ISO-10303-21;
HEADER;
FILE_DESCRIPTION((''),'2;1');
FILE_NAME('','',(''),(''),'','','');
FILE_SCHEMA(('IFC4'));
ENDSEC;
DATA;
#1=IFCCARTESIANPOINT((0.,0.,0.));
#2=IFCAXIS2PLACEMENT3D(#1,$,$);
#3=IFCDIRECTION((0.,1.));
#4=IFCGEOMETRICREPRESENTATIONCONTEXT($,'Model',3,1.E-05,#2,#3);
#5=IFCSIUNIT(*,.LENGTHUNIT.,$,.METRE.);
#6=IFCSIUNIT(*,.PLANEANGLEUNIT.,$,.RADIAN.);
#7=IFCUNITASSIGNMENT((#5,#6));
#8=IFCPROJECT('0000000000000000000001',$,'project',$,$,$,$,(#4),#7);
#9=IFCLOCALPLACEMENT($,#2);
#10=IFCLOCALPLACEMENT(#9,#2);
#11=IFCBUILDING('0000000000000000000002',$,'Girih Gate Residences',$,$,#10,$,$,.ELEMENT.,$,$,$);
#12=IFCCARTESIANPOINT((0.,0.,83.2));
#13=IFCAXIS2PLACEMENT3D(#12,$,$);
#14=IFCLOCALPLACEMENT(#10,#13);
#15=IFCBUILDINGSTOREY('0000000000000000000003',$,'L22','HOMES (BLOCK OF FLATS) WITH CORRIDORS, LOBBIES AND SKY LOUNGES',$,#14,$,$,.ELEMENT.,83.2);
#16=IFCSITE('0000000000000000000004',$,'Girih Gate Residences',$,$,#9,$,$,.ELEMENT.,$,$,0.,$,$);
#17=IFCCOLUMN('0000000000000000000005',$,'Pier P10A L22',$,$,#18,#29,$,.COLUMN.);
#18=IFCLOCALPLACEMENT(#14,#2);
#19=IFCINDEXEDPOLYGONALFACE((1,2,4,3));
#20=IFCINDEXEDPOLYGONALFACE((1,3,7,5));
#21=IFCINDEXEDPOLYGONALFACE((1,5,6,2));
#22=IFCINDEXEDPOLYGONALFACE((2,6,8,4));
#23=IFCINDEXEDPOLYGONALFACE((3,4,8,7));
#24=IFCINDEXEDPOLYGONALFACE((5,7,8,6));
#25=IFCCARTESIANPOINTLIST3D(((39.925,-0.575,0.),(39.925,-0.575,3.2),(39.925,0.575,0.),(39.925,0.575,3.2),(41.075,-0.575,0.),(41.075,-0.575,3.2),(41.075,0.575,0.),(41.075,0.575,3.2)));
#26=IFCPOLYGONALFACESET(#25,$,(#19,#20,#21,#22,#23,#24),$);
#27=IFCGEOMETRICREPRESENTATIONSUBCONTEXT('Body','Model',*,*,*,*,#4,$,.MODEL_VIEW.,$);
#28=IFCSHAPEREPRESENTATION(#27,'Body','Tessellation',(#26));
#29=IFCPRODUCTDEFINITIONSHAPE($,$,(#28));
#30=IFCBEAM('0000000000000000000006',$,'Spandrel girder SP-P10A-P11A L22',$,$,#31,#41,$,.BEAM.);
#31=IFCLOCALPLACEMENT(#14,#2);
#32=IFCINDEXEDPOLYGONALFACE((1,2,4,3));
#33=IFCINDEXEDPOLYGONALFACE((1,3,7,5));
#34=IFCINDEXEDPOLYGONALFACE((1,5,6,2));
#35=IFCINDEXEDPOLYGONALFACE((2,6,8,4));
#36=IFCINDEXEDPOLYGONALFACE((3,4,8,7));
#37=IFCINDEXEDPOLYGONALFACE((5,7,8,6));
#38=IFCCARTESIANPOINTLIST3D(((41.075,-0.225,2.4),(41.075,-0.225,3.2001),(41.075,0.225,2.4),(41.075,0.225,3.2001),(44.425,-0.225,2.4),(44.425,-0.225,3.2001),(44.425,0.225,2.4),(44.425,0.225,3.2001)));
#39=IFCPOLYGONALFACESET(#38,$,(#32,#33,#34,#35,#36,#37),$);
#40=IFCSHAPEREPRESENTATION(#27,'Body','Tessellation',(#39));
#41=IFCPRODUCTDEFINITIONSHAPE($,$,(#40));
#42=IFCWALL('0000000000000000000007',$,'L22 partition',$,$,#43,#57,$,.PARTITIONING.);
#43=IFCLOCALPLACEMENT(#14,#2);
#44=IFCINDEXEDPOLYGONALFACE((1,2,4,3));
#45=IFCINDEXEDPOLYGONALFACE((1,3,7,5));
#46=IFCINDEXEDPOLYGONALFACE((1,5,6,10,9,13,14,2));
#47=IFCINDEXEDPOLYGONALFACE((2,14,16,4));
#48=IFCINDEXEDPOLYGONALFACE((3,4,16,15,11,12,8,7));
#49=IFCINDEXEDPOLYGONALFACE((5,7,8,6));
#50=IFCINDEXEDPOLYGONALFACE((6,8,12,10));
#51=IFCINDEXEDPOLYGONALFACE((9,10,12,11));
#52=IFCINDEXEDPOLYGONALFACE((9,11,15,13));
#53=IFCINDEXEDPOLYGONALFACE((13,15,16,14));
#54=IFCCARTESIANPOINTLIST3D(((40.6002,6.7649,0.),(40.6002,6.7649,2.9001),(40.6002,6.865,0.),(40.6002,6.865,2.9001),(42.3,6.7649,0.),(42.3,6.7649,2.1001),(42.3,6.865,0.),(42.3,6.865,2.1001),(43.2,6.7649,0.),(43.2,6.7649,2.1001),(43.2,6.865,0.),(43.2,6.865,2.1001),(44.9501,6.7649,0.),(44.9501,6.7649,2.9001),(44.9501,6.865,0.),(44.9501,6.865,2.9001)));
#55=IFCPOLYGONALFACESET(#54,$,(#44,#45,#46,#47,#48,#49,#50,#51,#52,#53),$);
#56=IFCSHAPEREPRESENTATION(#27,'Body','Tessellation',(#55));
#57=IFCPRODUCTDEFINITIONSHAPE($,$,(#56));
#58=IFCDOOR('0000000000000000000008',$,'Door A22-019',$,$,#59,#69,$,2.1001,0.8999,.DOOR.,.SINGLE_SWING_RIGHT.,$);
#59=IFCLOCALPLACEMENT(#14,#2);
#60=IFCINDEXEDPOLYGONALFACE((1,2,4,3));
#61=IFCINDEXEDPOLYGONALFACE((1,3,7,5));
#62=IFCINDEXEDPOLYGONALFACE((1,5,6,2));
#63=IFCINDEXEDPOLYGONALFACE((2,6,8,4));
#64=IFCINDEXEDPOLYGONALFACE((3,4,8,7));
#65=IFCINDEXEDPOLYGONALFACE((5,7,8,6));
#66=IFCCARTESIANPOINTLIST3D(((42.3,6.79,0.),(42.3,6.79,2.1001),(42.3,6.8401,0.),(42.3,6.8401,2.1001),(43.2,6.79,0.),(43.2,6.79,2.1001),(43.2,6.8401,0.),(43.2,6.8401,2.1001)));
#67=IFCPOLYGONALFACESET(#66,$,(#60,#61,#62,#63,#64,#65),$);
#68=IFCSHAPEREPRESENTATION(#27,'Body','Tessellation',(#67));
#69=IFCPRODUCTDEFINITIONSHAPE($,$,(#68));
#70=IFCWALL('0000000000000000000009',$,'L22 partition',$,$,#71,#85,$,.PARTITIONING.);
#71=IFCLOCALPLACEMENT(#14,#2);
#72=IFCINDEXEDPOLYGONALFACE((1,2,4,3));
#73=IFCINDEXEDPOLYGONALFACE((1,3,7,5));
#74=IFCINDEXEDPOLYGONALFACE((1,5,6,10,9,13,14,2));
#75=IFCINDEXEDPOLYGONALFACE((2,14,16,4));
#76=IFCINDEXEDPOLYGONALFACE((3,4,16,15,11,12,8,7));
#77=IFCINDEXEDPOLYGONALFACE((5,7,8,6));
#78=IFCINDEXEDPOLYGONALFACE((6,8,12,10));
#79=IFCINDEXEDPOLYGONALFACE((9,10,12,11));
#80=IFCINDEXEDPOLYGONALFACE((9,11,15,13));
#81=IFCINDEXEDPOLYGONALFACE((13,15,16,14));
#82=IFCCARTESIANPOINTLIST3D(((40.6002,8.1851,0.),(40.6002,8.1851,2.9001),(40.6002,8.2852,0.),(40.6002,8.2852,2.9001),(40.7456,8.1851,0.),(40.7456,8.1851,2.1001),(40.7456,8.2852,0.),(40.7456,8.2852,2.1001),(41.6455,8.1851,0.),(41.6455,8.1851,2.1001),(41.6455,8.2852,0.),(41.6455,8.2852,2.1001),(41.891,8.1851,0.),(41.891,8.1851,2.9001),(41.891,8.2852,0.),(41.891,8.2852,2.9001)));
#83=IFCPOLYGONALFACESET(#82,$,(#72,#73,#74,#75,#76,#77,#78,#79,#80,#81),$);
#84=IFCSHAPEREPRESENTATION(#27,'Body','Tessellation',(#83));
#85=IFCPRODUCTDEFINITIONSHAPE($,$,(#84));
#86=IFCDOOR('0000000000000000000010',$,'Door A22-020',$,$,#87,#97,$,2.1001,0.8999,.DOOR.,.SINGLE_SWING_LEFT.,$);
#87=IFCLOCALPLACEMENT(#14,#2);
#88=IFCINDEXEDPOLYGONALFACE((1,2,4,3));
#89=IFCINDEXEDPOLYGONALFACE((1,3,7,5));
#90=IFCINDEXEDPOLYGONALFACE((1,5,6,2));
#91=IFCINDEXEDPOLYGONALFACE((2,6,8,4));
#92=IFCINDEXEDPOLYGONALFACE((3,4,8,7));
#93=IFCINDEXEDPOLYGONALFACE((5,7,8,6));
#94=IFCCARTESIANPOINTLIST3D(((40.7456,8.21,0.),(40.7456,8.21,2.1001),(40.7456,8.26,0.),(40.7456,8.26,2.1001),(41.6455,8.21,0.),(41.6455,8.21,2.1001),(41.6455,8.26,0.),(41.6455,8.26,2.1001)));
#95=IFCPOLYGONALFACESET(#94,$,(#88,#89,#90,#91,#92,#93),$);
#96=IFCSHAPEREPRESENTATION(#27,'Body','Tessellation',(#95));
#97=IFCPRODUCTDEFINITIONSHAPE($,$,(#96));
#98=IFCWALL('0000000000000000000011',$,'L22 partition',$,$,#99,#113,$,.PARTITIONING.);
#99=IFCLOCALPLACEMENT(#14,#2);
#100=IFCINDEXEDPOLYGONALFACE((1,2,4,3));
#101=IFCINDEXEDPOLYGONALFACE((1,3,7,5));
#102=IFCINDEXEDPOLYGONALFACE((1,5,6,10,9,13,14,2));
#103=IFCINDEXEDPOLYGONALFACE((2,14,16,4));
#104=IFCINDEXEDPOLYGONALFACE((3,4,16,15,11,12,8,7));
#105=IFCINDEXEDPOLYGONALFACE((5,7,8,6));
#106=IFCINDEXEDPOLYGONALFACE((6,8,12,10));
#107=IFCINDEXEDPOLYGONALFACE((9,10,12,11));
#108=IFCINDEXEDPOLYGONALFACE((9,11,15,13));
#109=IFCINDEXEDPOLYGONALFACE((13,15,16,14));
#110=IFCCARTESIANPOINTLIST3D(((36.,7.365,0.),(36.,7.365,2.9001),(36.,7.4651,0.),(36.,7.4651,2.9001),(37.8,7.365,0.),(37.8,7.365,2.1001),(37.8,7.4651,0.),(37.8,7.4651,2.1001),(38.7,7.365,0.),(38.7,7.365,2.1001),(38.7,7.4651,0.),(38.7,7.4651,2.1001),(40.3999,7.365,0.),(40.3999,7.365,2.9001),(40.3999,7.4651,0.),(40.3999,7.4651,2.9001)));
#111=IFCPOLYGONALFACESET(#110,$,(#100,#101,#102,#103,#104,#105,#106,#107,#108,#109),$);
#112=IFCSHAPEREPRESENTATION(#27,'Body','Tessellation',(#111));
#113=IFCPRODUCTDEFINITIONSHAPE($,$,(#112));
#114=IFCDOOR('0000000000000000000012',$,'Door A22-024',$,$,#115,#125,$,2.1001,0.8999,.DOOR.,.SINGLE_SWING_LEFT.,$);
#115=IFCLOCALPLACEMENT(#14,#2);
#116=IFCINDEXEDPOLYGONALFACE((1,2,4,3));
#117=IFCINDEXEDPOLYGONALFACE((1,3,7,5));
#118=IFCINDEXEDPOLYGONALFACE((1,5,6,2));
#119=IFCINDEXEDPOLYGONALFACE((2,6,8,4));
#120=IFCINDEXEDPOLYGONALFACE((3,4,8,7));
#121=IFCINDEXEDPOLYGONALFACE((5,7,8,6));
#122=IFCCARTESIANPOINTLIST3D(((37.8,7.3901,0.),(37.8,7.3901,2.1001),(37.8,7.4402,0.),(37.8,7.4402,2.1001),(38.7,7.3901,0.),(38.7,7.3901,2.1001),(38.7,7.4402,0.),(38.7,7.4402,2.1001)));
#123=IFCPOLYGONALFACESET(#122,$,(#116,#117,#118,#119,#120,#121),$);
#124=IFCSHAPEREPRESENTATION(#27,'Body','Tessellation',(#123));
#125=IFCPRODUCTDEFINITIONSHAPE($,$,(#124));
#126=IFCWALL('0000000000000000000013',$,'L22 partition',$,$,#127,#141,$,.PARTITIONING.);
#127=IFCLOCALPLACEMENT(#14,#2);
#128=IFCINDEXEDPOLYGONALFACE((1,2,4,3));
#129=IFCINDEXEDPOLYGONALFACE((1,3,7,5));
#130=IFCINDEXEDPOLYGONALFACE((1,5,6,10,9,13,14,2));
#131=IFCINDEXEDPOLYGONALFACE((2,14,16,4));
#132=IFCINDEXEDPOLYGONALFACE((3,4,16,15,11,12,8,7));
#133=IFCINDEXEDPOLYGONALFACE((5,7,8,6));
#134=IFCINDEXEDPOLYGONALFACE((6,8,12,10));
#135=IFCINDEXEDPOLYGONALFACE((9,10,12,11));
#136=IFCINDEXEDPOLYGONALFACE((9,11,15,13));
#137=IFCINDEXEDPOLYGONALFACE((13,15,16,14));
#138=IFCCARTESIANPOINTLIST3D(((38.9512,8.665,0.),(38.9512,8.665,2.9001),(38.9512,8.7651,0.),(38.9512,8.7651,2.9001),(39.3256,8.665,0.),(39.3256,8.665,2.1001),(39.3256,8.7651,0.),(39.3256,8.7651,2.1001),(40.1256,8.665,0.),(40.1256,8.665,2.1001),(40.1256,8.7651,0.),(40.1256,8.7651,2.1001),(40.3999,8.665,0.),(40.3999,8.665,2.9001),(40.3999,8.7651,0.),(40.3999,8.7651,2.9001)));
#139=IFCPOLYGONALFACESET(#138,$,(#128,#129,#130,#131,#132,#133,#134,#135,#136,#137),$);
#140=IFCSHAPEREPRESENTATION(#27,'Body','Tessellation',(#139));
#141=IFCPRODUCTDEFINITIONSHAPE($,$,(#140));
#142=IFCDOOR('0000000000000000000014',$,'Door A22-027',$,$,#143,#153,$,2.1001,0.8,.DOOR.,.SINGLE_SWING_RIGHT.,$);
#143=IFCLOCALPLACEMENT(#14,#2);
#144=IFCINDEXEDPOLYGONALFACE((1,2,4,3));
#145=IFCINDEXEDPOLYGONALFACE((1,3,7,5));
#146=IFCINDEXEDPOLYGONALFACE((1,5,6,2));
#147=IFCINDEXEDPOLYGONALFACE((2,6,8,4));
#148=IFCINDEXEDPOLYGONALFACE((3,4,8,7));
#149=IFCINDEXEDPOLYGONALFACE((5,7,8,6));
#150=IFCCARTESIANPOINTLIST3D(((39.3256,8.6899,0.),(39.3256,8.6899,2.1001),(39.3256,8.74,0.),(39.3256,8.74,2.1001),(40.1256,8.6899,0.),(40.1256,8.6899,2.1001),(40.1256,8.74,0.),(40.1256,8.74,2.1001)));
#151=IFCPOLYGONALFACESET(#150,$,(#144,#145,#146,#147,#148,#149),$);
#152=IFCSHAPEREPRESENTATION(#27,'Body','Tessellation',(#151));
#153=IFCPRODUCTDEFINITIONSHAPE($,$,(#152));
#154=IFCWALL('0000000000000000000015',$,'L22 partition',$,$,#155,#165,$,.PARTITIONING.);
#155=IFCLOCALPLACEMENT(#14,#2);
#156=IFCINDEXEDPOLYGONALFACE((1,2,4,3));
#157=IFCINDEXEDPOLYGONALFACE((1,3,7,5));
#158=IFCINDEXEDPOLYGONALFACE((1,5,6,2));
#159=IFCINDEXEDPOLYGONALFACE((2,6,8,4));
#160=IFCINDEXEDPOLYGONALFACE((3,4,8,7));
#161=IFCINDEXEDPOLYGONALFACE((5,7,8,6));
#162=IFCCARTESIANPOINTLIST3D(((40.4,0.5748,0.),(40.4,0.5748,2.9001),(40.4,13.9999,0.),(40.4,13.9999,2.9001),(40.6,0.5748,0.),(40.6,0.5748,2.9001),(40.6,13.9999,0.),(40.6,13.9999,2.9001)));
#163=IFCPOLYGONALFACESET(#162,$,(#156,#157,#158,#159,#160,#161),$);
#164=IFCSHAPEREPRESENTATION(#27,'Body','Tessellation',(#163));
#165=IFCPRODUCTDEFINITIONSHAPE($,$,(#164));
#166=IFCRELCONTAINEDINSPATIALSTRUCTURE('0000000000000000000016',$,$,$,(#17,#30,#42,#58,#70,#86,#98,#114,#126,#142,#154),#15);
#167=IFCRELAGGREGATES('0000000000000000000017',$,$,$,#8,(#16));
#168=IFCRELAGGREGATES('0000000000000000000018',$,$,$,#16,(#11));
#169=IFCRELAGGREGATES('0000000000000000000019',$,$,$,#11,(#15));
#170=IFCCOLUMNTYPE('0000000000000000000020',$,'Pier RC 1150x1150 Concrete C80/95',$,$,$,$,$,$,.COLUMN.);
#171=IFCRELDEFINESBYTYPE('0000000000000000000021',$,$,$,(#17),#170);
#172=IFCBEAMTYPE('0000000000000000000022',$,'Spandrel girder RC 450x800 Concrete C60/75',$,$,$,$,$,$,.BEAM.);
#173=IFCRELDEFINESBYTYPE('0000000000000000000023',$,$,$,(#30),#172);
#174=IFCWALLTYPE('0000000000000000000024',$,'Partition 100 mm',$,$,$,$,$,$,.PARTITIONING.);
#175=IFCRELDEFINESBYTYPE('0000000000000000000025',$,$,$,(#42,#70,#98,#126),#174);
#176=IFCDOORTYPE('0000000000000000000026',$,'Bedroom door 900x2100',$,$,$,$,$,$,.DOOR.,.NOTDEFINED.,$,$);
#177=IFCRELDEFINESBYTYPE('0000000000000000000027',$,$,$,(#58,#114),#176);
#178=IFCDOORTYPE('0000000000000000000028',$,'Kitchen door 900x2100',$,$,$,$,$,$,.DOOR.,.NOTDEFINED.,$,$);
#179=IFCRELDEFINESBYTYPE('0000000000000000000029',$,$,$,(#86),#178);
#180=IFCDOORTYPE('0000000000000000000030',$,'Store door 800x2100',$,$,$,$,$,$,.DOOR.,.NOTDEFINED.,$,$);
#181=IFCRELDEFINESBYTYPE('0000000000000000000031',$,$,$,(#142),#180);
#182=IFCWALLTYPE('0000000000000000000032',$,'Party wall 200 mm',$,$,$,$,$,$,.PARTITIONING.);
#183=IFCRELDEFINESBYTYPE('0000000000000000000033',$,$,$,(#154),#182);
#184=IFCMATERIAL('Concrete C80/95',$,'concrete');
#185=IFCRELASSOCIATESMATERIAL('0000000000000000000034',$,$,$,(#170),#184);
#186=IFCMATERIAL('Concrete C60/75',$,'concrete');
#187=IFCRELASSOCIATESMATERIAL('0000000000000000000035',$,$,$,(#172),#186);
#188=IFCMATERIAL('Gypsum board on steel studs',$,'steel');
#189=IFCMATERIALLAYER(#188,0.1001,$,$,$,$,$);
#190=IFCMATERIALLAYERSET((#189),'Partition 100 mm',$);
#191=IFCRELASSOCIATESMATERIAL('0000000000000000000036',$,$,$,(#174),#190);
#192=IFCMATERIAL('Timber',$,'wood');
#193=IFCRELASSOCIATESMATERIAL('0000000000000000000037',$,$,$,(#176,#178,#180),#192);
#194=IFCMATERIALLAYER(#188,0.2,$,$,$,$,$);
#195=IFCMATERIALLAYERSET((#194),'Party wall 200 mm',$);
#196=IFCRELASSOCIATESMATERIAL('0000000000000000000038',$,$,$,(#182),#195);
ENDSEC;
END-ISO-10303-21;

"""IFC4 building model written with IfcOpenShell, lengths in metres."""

from ifc_helpers import new_model, si_unit, direction, frame, frame_2d, origin, origin_2d, place, context, subcontext, project, spatial, rectangle, extrude, material, layer, layer_set, material_profile, profile_set, type_object, element, fill, save


model = new_model("IFC4")

# Units and contexts
model_context = context("Model", 3, precision=1e-05, world=origin(), true_north=direction((0.0, 1.0)))
body_context = subcontext(model_context, "Body", "Model", "MODEL_VIEW")
ifc_project = project(units=[si_unit("LENGTHUNIT", "METRE"), si_unit("PLANEANGLEUNIT", "RADIAN")], contexts=[model_context])

# Site, building, storey
site_placement = place(None, origin())
site = spatial("IfcSite", under=ifc_project, at=site_placement, Name="Girih Gate Residences", CompositionType="ELEMENT", RefElevation=0.0)
building_placement = place(site_placement, origin())
building = spatial("IfcBuilding", under=site, at=building_placement, Name="Girih Gate Residences", CompositionType="ELEMENT")
storey_placement = place(building_placement, frame((0.0, 0.0, 83.2)))
storey = spatial("IfcBuildingStorey", under=building, at=storey_placement, Name="L22", Description="HOMES (BLOCK OF FLATS) WITH CORRIDORS, LOBBIES AND SKY LOUNGES", CompositionType="ELEMENT", Elevation=83.2)

# Column
ifc_material_1 = material(Name="Concrete C80/95", Category="concrete")
ifc_material_profile_1 = material_profile(ifc_material_1, rectangle(XDim=1.1499, YDim=1.1499, at=origin_2d()))
ifc_profile_set_1 = profile_set([ifc_material_profile_1], Name="Concrete C80/95")
column_type = type_object("IfcColumnType", Name="Pier RC 1150x1150 Concrete C80/95", PredefinedType="COLUMN", material=ifc_profile_set_1)
column_placement = place(storey_placement, frame((40.5, 0.0, 0.0), z_axis=(0.0, 0.0, 1.0), x_axis=(1.0, 0.0, 0.0)))
element("IfcColumn", 1, at=column_placement, inside=storey, type_object=column_type, Name="Pier P10A L22", PredefinedType="COLUMN", context=body_context, shape_type="SweptSolid", body=[
    extrude(rectangle(XDim=1.1499, YDim=1.1499, at=origin_2d()), origin(), (0.0, 0.0, 1.0), 3.2),
])

# Beam
ifc_material_2 = material(Name="Concrete C60/75", Category="concrete")
ifc_material_profile_2 = material_profile(ifc_material_2, rectangle(XDim=0.45, YDim=0.8, at=origin_2d()))
ifc_profile_set_2 = profile_set([ifc_material_profile_2], Name="Concrete C60/75")
beam_type = type_object("IfcBeamType", Name="Spandrel girder RC 450x800 Concrete C60/75", PredefinedType="BEAM", material=ifc_profile_set_2)
beam_placement = place(storey_placement, frame((41.075, 0.0, 2.8), z_axis=(1.0, 0.0, 0.0), x_axis=(0.0, 1.0, 0.0)))
element("IfcBeam", 2, at=beam_placement, inside=storey, type_object=beam_type, Name="Spandrel girder SP-P10A-P11A L22", PredefinedType="BEAM", context=body_context, shape_type="SweptSolid", body=[
    extrude(rectangle(XDim=0.45, YDim=0.8, at=origin_2d()), origin(), (0.0, 0.0, 1.0), 3.3501),
])

# Walls, openings, doors
ifc_material_3 = material(Name="Gypsum board on steel studs", Category="steel")
ifc_layer_1 = layer(ifc_material_3, 0.1001)
ifc_layer_set_1 = layer_set([ifc_layer_1], Name="Partition 100 mm")
wall_type_1 = type_object("IfcWallType", Name="Partition 100 mm", PredefinedType="PARTITIONING", material=ifc_layer_set_1)
wall_1_placement = place(storey_placement, frame((44.95, 6.8149, 0.0), z_axis=(0.0, 0.0, 1.0), x_axis=(-1.0, 0.0, 0.0)))
wall_1 = element("IfcWall", 3, at=wall_1_placement, inside=storey, type_object=wall_type_1, Name="L22 partition", PredefinedType="PARTITIONING", context=body_context, shape_type="SweptSolid", body=[
    extrude(rectangle(XDim=4.3499, YDim=0.1001, at=frame_2d((2.1748, 0.0))), origin(), (0.0, 0.0, 1.0), 2.9001),
])
opening_1_placement = place(wall_1_placement, frame((1.75, 0.0, 0.0)))
opening_1 = element("IfcOpeningElement", 4, at=opening_1_placement, cuts=wall_1, PredefinedType="OPENING", context=body_context, shape_type="SweptSolid", body=[
    extrude(rectangle(XDim=0.8999, YDim=2.1001, at=frame_2d((0.45, 1.05))), frame((0.0, 0.0601, 0.0), z_axis=(0.0, -1.0, 0.0), x_axis=(1.0, 0.0, 0.0)), (0.0, 0.0, 1.0), 0.1201),
])
ifc_material_4 = material(Name="Timber", Category="wood")
door_type_1 = type_object("IfcDoorType", Name="Bedroom door 900x2100", OperationType="NOTDEFINED", PredefinedType="DOOR", material=ifc_material_4)
door_1_placement = place(opening_1_placement, origin())
door_1 = element("IfcDoor", 5, at=door_1_placement, inside=storey, type_object=door_type_1, Name="Door A22-019", OperationType="SINGLE_SWING_RIGHT", OverallHeight=2.1001, OverallWidth=0.8999, PredefinedType="DOOR", context=body_context, shape_type="SweptSolid", body=[
    extrude(rectangle(XDim=0.8999, YDim=2.1001, at=frame_2d((0.45, 1.05))), frame((0.0, 0.0249, 0.0), z_axis=(0.0, -1.0, 0.0), x_axis=(1.0, 0.0, 0.0)), (0.0, 0.0, 1.0), 0.05),
])
fill(opening_1, door_1)
wall_2_placement = place(storey_placement, frame((40.6001, 8.2351, 0.0), z_axis=(0.0, 0.0, 1.0), x_axis=(1.0, 0.0, 0.0)))
wall_2 = element("IfcWall", 6, at=wall_2_placement, inside=storey, type_object=wall_type_1, Name="L22 partition", PredefinedType="PARTITIONING", context=body_context, shape_type="SweptSolid", body=[
    extrude(rectangle(XDim=1.2908, YDim=0.1001, at=frame_2d((0.6455, 0.0))), origin(), (0.0, 0.0, 1.0), 2.9001),
])
opening_2_placement = place(wall_2_placement, frame((0.1455, 0.0, 0.0)))
opening_2 = element("IfcOpeningElement", 7, at=opening_2_placement, cuts=wall_2, PredefinedType="OPENING", context=body_context, shape_type="SweptSolid", body=[
    extrude(rectangle(XDim=0.8999, YDim=2.1001, at=frame_2d((0.45, 1.05))), frame((0.0, 0.0601, 0.0), z_axis=(0.0, -1.0, 0.0), x_axis=(1.0, 0.0, 0.0)), (0.0, 0.0, 1.0), 0.1201),
])
door_type_2 = type_object("IfcDoorType", Name="Kitchen door 900x2100", OperationType="NOTDEFINED", PredefinedType="DOOR", material=ifc_material_4)
door_2_placement = place(opening_2_placement, origin())
door_2 = element("IfcDoor", 8, at=door_2_placement, inside=storey, type_object=door_type_2, Name="Door A22-020", OperationType="SINGLE_SWING_LEFT", OverallHeight=2.1001, OverallWidth=0.8999, PredefinedType="DOOR", context=body_context, shape_type="SweptSolid", body=[
    extrude(rectangle(XDim=0.8999, YDim=2.1001, at=frame_2d((0.45, 1.05))), frame((0.0, 0.0249, 0.0), z_axis=(0.0, -1.0, 0.0), x_axis=(1.0, 0.0, 0.0)), (0.0, 0.0, 1.0), 0.05),
])
fill(opening_2, door_2)
wall_3_placement = place(storey_placement, frame((40.3999, 7.415, 0.0), z_axis=(0.0, 0.0, 1.0), x_axis=(-1.0, 0.0, 0.0)))
wall_3 = element("IfcWall", 9, at=wall_3_placement, inside=storey, type_object=wall_type_1, Name="L22 partition", PredefinedType="PARTITIONING", context=body_context, shape_type="SweptSolid", body=[
    extrude(rectangle(XDim=4.3999, YDim=0.1001, at=frame_2d((2.2, 0.0))), origin(), (0.0, 0.0, 1.0), 2.9001),
])
opening_3_placement = place(wall_3_placement, frame((1.7, 0.0, 0.0)))
opening_3 = element("IfcOpeningElement", 10, at=opening_3_placement, cuts=wall_3, PredefinedType="OPENING", context=body_context, shape_type="SweptSolid", body=[
    extrude(rectangle(XDim=0.8999, YDim=2.1001, at=frame_2d((0.45, 1.05))), frame((0.0, 0.0601, 0.0), z_axis=(0.0, -1.0, 0.0), x_axis=(1.0, 0.0, 0.0)), (0.0, 0.0, 1.0), 0.1201),
])
door_3_placement = place(opening_3_placement, origin())
door_3 = element("IfcDoor", 11, at=door_3_placement, inside=storey, type_object=door_type_1, Name="Door A22-024", OperationType="SINGLE_SWING_LEFT", OverallHeight=2.1001, OverallWidth=0.8999, PredefinedType="DOOR", context=body_context, shape_type="SweptSolid", body=[
    extrude(rectangle(XDim=0.8999, YDim=2.1001, at=frame_2d((0.45, 1.05))), frame((0.0, 0.0249, 0.0), z_axis=(0.0, -1.0, 0.0), x_axis=(1.0, 0.0, 0.0)), (0.0, 0.0, 1.0), 0.05),
])
fill(opening_3, door_3)
wall_4_placement = place(storey_placement, frame((38.9512, 8.7151, 0.0), z_axis=(0.0, 0.0, 1.0), x_axis=(1.0, 0.0, 0.0)))
wall_4 = element("IfcWall", 12, at=wall_4_placement, inside=storey, type_object=wall_type_1, Name="L22 partition", PredefinedType="PARTITIONING", context=body_context, shape_type="SweptSolid", body=[
    extrude(rectangle(XDim=1.4487, YDim=0.1001, at=frame_2d((0.7244, 0.0))), origin(), (0.0, 0.0, 1.0), 2.9001),
])
opening_4_placement = place(wall_4_placement, frame((0.3745, 0.0, 0.0)))
opening_4 = element("IfcOpeningElement", 13, at=opening_4_placement, cuts=wall_4, PredefinedType="OPENING", context=body_context, shape_type="SweptSolid", body=[
    extrude(rectangle(XDim=0.8, YDim=2.1001, at=frame_2d((0.3999, 1.05))), frame((0.0, 0.0601, 0.0), z_axis=(0.0, -1.0, 0.0), x_axis=(1.0, 0.0, 0.0)), (0.0, 0.0, 1.0), 0.1201),
])
door_type_3 = type_object("IfcDoorType", Name="Store door 800x2100", OperationType="NOTDEFINED", PredefinedType="DOOR", material=ifc_material_4)
door_4_placement = place(opening_4_placement, origin())
door_4 = element("IfcDoor", 14, at=door_4_placement, inside=storey, type_object=door_type_3, Name="Door A22-027", OperationType="SINGLE_SWING_RIGHT", OverallHeight=2.1001, OverallWidth=0.8, PredefinedType="DOOR", context=body_context, shape_type="SweptSolid", body=[
    extrude(rectangle(XDim=0.8, YDim=2.1001, at=frame_2d((0.3999, 1.05))), frame((0.0, 0.0249, 0.0), z_axis=(0.0, -1.0, 0.0), x_axis=(1.0, 0.0, 0.0)), (0.0, 0.0, 1.0), 0.05),
])
fill(opening_4, door_4)

# Wall
ifc_layer_2 = layer(ifc_material_3, 0.2)
ifc_layer_set_2 = layer_set([ifc_layer_2], Name="Party wall 200 mm")
wall_type_2 = type_object("IfcWallType", Name="Party wall 200 mm", PredefinedType="PARTITIONING", material=ifc_layer_set_2)
wall_5_placement = place(storey_placement, frame((40.5, 0.575, 0.0), z_axis=(0.0, 0.0, 1.0), x_axis=(0.0, 1.0, 0.0)))
element("IfcWall", 15, at=wall_5_placement, inside=storey, type_object=wall_type_2, Name="L22 partition", PredefinedType="PARTITIONING", context=body_context, shape_type="SweptSolid", body=[
    extrude(rectangle(XDim=13.425, YDim=0.2, at=frame_2d((6.7124, 0.0))), origin(), (0.0, 0.0, 1.0), 2.9001),
])

save(model, "model.ifc")
